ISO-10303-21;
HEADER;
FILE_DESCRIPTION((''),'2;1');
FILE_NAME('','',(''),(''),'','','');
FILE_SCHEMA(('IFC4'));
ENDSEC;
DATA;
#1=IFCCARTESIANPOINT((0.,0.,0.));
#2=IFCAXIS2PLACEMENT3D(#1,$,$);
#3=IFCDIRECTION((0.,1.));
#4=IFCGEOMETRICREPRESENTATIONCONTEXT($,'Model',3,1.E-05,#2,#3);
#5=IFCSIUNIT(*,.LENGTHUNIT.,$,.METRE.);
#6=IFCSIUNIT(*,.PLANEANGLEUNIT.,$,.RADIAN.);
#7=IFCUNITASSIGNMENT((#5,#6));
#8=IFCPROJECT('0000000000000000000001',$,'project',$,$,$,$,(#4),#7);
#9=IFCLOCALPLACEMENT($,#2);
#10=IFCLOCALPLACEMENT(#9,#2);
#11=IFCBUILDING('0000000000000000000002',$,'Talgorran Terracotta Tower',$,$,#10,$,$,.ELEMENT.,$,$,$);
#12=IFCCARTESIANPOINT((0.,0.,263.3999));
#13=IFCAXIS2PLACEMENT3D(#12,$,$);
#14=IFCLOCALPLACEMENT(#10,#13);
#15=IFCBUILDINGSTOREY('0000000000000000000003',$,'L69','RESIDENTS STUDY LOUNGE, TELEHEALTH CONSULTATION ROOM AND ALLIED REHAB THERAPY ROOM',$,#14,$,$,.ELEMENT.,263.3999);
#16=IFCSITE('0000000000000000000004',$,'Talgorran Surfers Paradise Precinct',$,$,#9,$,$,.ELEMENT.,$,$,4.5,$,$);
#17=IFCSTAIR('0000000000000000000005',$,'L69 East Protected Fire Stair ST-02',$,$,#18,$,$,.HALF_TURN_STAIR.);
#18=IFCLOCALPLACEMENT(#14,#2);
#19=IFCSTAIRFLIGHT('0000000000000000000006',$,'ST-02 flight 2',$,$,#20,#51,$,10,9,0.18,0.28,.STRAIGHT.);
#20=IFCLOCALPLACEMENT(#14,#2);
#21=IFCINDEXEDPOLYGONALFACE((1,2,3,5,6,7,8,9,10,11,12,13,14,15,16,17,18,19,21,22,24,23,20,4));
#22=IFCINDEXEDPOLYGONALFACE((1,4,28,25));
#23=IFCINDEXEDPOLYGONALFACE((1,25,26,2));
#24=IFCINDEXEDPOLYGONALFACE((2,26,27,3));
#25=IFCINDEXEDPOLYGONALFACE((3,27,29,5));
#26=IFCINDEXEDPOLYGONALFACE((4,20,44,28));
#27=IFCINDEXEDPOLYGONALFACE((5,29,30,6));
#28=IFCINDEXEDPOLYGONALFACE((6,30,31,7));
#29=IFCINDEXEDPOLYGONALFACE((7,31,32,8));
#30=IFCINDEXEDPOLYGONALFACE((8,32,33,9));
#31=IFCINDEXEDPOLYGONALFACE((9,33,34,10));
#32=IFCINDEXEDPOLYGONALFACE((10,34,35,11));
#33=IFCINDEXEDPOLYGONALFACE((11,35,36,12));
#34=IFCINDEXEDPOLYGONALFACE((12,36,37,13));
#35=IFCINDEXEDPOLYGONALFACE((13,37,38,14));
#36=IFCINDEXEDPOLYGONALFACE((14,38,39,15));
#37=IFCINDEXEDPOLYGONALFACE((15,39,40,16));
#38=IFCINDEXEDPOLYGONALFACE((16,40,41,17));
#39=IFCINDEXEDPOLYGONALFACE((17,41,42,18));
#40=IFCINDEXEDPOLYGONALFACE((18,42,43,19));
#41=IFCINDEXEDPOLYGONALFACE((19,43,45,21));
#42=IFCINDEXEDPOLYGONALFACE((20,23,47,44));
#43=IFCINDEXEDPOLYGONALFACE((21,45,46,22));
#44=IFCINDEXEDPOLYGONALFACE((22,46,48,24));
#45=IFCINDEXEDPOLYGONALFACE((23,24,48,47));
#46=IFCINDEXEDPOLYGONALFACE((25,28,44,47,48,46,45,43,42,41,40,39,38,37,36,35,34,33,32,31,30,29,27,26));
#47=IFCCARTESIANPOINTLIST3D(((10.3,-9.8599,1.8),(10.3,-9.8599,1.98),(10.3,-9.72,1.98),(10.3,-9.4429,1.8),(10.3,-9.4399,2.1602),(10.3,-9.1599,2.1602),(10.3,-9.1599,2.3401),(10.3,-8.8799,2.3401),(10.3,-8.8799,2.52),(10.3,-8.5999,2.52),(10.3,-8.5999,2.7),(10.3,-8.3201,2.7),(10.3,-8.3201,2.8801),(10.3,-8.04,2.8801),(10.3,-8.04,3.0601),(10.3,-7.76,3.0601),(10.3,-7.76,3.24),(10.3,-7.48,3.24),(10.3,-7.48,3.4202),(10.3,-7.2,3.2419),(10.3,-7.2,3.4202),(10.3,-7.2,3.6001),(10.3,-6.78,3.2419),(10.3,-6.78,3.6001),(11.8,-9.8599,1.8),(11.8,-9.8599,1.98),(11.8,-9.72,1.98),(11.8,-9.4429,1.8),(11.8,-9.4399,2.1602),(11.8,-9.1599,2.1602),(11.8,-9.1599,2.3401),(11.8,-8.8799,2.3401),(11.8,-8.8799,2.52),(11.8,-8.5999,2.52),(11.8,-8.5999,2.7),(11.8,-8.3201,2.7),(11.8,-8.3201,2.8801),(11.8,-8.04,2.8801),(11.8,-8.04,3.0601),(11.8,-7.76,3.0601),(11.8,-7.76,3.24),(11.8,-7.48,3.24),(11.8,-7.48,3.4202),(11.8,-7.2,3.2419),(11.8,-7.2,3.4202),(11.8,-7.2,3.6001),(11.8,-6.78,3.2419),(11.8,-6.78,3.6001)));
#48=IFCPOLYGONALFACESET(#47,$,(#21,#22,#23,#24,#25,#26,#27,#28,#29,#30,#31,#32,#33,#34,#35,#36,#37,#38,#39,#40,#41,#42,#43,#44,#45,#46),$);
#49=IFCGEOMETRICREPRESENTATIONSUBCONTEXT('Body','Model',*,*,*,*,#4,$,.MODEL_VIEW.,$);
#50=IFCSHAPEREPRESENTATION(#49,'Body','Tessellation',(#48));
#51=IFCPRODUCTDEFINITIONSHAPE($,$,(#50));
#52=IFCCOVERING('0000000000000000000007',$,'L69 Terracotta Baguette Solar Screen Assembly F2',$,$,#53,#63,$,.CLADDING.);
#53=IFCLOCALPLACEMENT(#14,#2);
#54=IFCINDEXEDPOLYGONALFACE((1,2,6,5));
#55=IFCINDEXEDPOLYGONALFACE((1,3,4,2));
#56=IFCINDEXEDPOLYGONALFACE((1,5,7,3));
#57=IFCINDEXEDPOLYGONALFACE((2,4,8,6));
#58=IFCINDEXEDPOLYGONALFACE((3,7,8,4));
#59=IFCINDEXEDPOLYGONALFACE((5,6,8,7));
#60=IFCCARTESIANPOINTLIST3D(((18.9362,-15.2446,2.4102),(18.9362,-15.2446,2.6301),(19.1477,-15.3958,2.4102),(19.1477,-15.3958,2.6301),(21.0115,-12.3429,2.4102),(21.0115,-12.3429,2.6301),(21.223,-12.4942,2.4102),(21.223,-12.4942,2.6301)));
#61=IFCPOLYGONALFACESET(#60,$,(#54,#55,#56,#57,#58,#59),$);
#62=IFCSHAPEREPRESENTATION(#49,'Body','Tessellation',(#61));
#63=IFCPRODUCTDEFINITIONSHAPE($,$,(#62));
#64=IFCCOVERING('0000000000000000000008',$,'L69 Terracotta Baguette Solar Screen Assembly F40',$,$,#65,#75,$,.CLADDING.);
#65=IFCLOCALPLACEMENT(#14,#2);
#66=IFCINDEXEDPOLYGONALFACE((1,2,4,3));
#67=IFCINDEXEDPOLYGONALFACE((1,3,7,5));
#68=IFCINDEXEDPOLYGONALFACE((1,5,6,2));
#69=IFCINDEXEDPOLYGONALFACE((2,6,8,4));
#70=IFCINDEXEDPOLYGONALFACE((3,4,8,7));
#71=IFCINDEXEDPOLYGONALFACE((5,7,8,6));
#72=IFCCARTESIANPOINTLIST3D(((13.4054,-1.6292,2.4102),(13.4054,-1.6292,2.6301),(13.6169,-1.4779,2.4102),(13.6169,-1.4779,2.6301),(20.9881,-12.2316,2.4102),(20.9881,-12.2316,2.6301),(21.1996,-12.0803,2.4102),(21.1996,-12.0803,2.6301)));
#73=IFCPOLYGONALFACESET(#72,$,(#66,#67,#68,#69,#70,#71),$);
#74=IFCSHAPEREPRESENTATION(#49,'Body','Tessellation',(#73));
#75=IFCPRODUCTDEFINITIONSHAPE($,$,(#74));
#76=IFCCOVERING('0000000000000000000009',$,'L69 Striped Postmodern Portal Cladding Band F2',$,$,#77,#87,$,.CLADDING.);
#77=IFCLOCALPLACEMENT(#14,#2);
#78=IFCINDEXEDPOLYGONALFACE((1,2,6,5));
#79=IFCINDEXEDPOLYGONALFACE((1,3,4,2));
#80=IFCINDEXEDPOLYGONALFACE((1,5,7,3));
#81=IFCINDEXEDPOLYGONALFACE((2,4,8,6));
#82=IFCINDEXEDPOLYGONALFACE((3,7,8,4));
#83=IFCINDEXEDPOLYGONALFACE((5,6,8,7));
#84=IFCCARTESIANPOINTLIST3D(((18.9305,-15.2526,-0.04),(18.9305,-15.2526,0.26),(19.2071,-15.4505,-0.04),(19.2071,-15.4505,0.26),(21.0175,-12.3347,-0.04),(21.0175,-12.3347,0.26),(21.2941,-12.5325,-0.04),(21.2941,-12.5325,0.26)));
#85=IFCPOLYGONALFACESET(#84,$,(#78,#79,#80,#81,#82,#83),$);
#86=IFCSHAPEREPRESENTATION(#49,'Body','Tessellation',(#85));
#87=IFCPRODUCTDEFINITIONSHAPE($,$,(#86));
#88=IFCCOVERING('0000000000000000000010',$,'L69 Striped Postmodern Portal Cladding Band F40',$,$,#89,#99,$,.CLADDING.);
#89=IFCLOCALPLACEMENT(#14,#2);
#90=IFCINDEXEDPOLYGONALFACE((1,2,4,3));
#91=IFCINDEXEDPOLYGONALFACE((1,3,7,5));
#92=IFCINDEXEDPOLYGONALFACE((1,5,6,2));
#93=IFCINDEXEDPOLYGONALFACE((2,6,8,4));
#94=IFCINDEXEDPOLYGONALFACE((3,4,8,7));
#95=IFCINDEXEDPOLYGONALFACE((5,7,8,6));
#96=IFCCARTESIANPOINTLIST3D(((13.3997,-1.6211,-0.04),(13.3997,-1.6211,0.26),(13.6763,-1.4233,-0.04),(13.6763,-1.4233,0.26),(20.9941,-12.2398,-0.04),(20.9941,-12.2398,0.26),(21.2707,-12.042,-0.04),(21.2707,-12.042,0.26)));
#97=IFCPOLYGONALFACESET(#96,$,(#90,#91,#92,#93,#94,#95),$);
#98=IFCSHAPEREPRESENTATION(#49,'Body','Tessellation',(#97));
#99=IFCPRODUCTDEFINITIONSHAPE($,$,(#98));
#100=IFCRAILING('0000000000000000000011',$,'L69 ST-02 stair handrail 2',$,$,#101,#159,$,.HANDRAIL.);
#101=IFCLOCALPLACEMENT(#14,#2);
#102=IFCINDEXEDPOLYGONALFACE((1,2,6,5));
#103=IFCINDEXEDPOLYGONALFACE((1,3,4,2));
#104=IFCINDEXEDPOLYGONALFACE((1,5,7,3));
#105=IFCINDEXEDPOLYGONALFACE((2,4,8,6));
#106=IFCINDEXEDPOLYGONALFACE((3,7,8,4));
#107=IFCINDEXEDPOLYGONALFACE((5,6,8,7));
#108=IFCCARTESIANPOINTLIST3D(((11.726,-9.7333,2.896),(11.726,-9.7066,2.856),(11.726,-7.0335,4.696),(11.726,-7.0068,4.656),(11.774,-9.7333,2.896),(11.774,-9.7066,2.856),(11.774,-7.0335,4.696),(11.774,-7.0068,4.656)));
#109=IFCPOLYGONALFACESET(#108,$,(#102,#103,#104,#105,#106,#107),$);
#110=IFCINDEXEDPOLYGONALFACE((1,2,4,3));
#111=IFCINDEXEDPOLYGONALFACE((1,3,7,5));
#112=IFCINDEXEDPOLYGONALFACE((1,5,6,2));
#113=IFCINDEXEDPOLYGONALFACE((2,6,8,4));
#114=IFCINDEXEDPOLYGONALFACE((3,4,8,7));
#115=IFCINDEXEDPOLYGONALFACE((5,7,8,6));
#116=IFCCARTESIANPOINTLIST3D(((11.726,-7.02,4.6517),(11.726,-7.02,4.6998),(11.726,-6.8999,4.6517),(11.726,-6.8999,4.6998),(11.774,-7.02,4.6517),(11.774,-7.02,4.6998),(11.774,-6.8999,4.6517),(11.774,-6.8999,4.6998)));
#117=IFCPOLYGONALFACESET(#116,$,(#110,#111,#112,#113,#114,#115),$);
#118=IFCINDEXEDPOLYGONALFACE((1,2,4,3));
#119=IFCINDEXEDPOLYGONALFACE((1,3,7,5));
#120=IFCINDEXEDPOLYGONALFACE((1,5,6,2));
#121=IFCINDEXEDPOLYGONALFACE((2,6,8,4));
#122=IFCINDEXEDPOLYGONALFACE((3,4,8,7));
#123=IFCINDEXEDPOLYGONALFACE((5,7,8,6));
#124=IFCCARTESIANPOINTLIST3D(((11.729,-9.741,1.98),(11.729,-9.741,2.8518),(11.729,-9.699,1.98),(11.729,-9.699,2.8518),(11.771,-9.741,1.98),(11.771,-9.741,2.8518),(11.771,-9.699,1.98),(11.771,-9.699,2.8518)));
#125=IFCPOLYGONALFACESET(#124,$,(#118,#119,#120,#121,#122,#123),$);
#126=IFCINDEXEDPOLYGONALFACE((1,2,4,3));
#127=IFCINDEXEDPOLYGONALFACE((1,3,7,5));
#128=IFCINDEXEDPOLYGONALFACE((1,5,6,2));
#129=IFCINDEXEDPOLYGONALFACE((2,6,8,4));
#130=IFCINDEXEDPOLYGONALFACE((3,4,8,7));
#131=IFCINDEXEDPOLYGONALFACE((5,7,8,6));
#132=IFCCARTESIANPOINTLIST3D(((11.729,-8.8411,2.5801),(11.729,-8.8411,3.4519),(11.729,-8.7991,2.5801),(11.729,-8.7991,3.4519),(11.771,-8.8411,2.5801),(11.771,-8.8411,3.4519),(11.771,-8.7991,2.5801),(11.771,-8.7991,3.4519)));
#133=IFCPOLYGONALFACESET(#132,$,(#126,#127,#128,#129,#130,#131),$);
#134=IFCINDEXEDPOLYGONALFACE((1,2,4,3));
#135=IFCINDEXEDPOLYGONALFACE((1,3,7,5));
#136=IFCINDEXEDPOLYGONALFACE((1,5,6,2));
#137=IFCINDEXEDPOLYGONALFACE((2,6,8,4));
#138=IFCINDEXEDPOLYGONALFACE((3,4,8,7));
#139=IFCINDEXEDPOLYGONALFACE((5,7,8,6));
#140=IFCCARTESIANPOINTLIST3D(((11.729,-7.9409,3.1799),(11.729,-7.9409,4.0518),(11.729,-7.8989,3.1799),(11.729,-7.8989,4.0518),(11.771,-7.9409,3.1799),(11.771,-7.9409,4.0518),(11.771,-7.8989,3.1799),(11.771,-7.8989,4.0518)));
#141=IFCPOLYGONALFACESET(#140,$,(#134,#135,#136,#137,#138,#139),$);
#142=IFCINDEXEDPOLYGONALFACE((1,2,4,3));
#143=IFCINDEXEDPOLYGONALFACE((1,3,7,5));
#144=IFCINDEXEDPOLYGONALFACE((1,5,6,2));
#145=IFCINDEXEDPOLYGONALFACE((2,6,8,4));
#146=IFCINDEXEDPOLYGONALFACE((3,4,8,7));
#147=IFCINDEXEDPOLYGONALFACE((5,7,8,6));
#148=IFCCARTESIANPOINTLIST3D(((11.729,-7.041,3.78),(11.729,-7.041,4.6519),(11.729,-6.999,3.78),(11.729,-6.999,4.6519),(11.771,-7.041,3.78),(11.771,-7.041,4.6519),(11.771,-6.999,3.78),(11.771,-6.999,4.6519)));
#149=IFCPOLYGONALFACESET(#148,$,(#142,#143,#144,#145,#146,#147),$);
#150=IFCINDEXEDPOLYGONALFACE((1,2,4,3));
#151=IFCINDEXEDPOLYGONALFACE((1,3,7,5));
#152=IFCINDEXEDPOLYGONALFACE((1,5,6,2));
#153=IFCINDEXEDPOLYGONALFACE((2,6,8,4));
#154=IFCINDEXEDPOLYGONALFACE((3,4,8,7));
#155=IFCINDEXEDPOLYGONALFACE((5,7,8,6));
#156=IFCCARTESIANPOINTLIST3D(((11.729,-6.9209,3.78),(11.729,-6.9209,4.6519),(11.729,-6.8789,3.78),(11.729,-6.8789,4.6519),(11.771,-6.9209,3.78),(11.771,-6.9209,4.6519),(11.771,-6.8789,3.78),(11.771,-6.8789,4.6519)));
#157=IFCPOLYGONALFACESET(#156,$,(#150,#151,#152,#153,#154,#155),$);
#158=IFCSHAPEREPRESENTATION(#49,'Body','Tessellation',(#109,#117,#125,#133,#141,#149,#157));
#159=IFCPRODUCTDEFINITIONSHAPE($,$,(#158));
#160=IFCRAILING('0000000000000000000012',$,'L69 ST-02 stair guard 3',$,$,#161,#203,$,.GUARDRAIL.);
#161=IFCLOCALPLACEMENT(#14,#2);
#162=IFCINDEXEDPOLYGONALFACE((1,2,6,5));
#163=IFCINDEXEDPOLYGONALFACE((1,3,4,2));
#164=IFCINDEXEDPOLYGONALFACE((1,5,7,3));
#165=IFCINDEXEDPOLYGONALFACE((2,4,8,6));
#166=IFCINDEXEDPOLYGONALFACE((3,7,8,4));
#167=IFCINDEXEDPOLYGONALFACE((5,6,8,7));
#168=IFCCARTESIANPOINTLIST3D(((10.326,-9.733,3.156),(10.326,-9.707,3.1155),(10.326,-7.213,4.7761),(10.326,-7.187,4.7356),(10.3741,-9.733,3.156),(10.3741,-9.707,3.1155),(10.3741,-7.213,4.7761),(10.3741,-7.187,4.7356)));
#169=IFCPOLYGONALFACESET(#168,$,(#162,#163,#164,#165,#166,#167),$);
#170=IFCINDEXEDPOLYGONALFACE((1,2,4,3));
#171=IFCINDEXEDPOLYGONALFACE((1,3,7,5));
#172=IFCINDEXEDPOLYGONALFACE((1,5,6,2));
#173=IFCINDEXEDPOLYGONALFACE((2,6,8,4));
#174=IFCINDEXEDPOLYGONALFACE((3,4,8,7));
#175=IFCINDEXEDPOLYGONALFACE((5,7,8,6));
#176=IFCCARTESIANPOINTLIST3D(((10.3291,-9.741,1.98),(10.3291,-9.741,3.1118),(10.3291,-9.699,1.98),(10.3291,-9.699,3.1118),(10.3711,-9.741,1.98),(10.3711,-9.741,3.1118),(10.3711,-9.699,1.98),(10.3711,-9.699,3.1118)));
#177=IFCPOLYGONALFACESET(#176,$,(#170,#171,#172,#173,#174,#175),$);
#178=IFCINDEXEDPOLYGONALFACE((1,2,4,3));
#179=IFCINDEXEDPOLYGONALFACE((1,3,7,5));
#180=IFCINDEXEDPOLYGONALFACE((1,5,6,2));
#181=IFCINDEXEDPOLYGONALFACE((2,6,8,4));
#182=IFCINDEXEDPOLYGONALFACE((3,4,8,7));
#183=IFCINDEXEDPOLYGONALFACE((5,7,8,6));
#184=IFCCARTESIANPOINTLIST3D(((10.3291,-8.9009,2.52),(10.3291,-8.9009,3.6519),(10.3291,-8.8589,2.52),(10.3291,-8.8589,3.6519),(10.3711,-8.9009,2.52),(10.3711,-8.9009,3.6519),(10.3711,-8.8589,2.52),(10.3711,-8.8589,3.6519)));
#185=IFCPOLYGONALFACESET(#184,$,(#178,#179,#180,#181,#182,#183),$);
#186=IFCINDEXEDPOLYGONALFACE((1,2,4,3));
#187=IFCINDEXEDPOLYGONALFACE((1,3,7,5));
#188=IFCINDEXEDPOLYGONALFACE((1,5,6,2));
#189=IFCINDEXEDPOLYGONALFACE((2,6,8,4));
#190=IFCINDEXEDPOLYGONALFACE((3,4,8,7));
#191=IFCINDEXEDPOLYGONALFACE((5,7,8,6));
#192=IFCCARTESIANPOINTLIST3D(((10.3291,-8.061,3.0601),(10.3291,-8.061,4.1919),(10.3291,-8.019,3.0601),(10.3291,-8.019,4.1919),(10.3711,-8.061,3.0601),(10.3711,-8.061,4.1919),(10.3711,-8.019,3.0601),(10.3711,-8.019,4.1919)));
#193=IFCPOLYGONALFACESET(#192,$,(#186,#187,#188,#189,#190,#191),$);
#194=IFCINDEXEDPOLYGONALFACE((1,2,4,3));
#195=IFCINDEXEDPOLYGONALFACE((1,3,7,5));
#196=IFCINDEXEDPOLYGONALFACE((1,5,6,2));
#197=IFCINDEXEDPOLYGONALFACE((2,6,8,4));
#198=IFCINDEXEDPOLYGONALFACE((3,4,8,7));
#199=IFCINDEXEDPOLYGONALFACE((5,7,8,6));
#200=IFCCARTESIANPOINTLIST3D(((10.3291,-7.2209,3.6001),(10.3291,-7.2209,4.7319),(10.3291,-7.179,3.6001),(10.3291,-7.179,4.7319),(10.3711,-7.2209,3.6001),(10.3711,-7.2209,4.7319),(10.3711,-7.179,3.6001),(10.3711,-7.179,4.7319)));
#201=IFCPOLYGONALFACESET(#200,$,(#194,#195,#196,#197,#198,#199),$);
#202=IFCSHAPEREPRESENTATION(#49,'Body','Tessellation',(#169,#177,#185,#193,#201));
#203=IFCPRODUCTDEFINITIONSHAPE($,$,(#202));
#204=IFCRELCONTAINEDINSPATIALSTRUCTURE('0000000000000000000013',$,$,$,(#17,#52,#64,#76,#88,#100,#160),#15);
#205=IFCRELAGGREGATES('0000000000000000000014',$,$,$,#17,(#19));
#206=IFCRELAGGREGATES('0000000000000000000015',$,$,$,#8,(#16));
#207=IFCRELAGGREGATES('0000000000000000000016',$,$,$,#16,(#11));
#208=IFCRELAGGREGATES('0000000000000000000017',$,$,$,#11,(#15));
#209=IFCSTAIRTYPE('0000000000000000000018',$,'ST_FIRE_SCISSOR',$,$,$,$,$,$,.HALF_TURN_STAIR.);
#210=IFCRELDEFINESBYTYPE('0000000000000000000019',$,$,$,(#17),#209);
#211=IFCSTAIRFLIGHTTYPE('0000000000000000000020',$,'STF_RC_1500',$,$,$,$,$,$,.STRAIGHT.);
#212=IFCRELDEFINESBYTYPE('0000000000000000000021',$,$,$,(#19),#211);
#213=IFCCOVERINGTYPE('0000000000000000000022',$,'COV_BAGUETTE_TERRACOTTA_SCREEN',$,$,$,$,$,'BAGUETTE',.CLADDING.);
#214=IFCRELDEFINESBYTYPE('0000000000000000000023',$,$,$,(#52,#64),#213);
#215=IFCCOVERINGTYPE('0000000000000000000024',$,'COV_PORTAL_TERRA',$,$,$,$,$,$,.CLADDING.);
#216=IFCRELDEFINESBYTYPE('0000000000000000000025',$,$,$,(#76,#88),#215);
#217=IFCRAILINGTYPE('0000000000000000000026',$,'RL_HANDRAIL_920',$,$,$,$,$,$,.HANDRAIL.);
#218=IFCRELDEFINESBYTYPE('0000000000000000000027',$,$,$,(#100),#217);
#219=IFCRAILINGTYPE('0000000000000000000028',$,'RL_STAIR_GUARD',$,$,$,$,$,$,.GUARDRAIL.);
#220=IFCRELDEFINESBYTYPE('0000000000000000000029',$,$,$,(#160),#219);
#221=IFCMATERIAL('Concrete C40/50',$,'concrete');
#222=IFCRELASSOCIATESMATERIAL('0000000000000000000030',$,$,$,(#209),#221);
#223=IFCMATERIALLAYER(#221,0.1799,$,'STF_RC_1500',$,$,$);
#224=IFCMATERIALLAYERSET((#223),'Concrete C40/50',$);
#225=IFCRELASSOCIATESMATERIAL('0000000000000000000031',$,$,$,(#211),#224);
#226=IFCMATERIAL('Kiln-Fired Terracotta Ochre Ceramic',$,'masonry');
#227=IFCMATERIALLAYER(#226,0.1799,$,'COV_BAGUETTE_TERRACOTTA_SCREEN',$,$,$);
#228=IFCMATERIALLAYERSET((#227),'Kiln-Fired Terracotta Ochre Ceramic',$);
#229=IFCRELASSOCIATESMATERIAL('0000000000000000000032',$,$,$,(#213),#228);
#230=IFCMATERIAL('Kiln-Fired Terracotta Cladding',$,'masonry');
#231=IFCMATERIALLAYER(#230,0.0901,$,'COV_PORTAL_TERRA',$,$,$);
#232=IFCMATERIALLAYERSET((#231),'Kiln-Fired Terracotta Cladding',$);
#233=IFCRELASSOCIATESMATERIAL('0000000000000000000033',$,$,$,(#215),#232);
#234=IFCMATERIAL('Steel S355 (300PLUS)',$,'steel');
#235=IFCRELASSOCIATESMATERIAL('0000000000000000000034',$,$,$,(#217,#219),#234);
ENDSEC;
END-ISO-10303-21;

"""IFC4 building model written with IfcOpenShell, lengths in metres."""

from ifc_helpers import new_model, si_unit, direction, frame, origin, origin_2d, place, context, subcontext, project, spatial, polyline, rectangle, outline, extrude, material, layer, layer_set, type_object, element, aggregate, save


model = new_model("IFC4")

# Units and contexts
model_context = context("Model", 3, precision=1e-05, world=origin(), true_north=direction((0.0, 1.0)))
body_context = subcontext(model_context, "Body", "Model", "MODEL_VIEW")
ifc_project = project(units=[si_unit("LENGTHUNIT", "METRE"), si_unit("PLANEANGLEUNIT", "RADIAN")], contexts=[model_context])

# Site, building, storey
site_placement = place(None, origin())
site = spatial("IfcSite", under=ifc_project, at=site_placement, Name="Talgorran Surfers Paradise Precinct", CompositionType="ELEMENT", RefElevation=4.5)
building_placement = place(site_placement, origin())
building = spatial("IfcBuilding", under=site, at=building_placement, Name="Talgorran Terracotta Tower", CompositionType="ELEMENT")
storey_placement = place(building_placement, frame((0.0, 0.0, 263.3999)))
storey = spatial("IfcBuildingStorey", under=building, at=storey_placement, Name="L69", Description="RESIDENTS STUDY LOUNGE, TELEHEALTH CONSULTATION ROOM AND ALLIED REHAB THERAPY ROOM", CompositionType="ELEMENT", Elevation=263.3999)

# Shared definitions
ifc_material_1 = material(Name="Steel S355 (300PLUS)", Category="steel")

# Stair, stair flight
ifc_material_2 = material(Name="Concrete C40/50", Category="concrete")
stair_type = type_object("IfcStairType", Name="ST_FIRE_SCISSOR", PredefinedType="HALF_TURN_STAIR", material=ifc_material_2)
stair_placement = place(storey_placement, origin())
stair = element("IfcStair", 1, at=stair_placement, inside=storey, type_object=stair_type, Name="L69 East Protected Fire Stair ST-02", PredefinedType="HALF_TURN_STAIR")
ifc_layer_1 = layer(ifc_material_2, 0.1799, Name="STF_RC_1500")
ifc_layer_set_1 = layer_set([ifc_layer_1], Name="Concrete C40/50")
stair_flight_type = type_object("IfcStairFlightType", Name="STF_RC_1500", PredefinedType="STRAIGHT", material=ifc_layer_set_1)
stair_flight_placement = place(storey_placement, frame((11.05, -9.72, 1.8), z_axis=(0.0, 0.0, 1.0), x_axis=(0.0, 1.0, 0.0)))
stair_flight = element("IfcStairFlight", 2, at=stair_flight_placement, type_object=stair_flight_type, Name="ST-02 flight 2", NumberOfRisers=10, NumberOfTreads=9, PredefinedType="STRAIGHT", RiserHeight=0.18, TreadLength=0.28, context=body_context, shape_type="SweptSolid", body=[
    extrude(outline(polyline([(-0.1399, 0.0), (-0.1399, 0.1799), (0.0, 0.1799), (0.28, 0.3601), (0.5601, 0.3601), (0.5601, 0.54), (0.8401, 0.54), (0.8401, 0.72), (1.1201, 0.72), (1.1201, 0.8999), (1.3999, 0.8999), (1.3999, 1.0801), (1.6799, 1.0801), (1.6799, 1.26), (1.96, 1.26), (1.96, 1.4399), (2.24, 1.4399), (2.24, 1.6201), (2.52, 1.6201), (2.52, 1.8), (2.9399, 1.8), (2.9399, 1.4419), (2.52, 1.4419), (0.2771, 0.0), (-0.1399, 0.0)])), frame((0.0, 0.75, 0.0), z_axis=(0.0, -1.0, 0.0), x_axis=(1.0, 0.0, 0.0)), (0.0, 0.0, 1.0), 1.5),
])
aggregate(stair, [stair_flight])

# Coverings
ifc_material_3 = material(Name="Kiln-Fired Terracotta Ochre Ceramic", Category="masonry")
ifc_layer_2 = layer(ifc_material_3, 0.1799, Name="COV_BAGUETTE_TERRACOTTA_SCREEN")
ifc_layer_set_2 = layer_set([ifc_layer_2], Name="Kiln-Fired Terracotta Ochre Ceramic")
covering_type_1 = type_object("IfcCoveringType", Name="COV_BAGUETTE_TERRACOTTA_SCREEN", ElementType="BAGUETTE", PredefinedType="CLADDING", material=ifc_layer_set_2)
covering_1_placement = place(storey_placement, frame((20.0796, -13.8694, 2.4102), z_axis=(0.0, 0.0, 1.0), x_axis=(0.58174, 0.813375, 0.0)))
element("IfcCovering", 3, at=covering_1_placement, inside=storey, type_object=covering_type_1, Name="L69 Terracotta Baguette Solar Screen Assembly F2", PredefinedType="CLADDING", context=body_context, shape_type="SweptSolid", body=[
    extrude(rectangle(XDim=3.5674, YDim=0.26, at=origin_2d()), origin(), (0.0, 0.0, 1.0), 0.22),
])
covering_2_placement = place(storey_placement, frame((17.3025, -6.8547, 2.4102), z_axis=(0.0, 0.0, 1.0), x_axis=(-0.581726, 0.813385, 0.0)))
element("IfcCovering", 4, at=covering_2_placement, inside=storey, type_object=covering_type_1, Name="L69 Terracotta Baguette Solar Screen Assembly F40", PredefinedType="CLADDING", context=body_context, shape_type="SweptSolid", body=[
    extrude(rectangle(XDim=13.0349, YDim=0.26, at=origin_2d()), origin(), (0.0, 0.0, 1.0), 0.22),
])
ifc_material_4 = material(Name="Kiln-Fired Terracotta Cladding", Category="masonry")
ifc_layer_3 = layer(ifc_material_4, 0.0901, Name="COV_PORTAL_TERRA")
ifc_layer_set_3 = layer_set([ifc_layer_3], Name="Kiln-Fired Terracotta Cladding")
covering_type_2 = type_object("IfcCoveringType", Name="COV_PORTAL_TERRA", PredefinedType="CLADDING", material=ifc_layer_set_3)
covering_3_placement = place(storey_placement, frame((20.1123, -13.8926, -0.04), z_axis=(0.0, 0.0, 1.0), x_axis=(0.58174, 0.813375, 0.0)))
element("IfcCovering", 5, at=covering_3_placement, inside=storey, type_object=covering_type_2, Name="L69 Striped Postmodern Portal Cladding Band F2", PredefinedType="CLADDING", context=body_context, shape_type="SweptSolid", body=[
    extrude(rectangle(XDim=3.5874, YDim=0.3401, at=origin_2d()), origin(), (0.0, 0.0, 1.0), 0.3),
])
covering_4_placement = place(storey_placement, frame((17.3352, -6.8315, -0.04), z_axis=(0.0, 0.0, 1.0), x_axis=(-0.581726, 0.813385, 0.0)))
element("IfcCovering", 6, at=covering_4_placement, inside=storey, type_object=covering_type_2, Name="L69 Striped Postmodern Portal Cladding Band F40", PredefinedType="CLADDING", context=body_context, shape_type="SweptSolid", body=[
    extrude(rectangle(XDim=13.0549, YDim=0.3401, at=origin_2d()), origin(), (0.0, 0.0, 1.0), 0.3),
])

# Railings
railing_type_1 = type_object("IfcRailingType", Name="RL_HANDRAIL_920", PredefinedType="HANDRAIL", material=ifc_material_1)
railing_1_placement = place(storey_placement, frame((11.75, -9.72, 1.98)))
element("IfcRailing", 7, at=railing_1_placement, inside=storey, type_object=railing_type_1, Name="L69 ST-02 stair handrail 2", PredefinedType="HANDRAIL", context=body_context, shape_type="SweptSolid", body=[
    extrude(rectangle(XDim=0.0481, YDim=0.0481, at=origin_2d()), frame((0.0, 0.0, 0.896), z_axis=(0.0, 0.832039, 0.554718), x_axis=(-1.0, 0.0, 0.0)), (0.0, 0.0, 1.0), 3.2449),
    extrude(rectangle(XDim=0.0481, YDim=0.0481, at=origin_2d()), frame((0.0, 2.7, 2.6958), z_axis=(0.0, 1.0, 0.0), x_axis=(-1.0, 0.0, 0.0)), (0.0, 0.0, 1.0), 0.1201),
    extrude(rectangle(XDim=0.042, YDim=0.042, at=origin_2d()), origin(), (0.0, 0.0, 1.0), 0.8718),
    extrude(rectangle(XDim=0.042, YDim=0.042, at=origin_2d()), frame((0.0, 0.8999, 0.6001)), (0.0, 0.0, 1.0), 0.8718),
    extrude(rectangle(XDim=0.042, YDim=0.042, at=origin_2d()), frame((0.0, 1.8, 1.2)), (0.0, 0.0, 1.0), 0.8718),
    extrude(rectangle(XDim=0.042, YDim=0.042, at=origin_2d()), frame((0.0, 2.7, 1.8)), (0.0, 0.0, 1.0), 0.8718),
    extrude(rectangle(XDim=0.042, YDim=0.042, at=origin_2d()), frame((0.0, 2.8201, 1.8)), (0.0, 0.0, 1.0), 0.8718),
])
railing_type_2 = type_object("IfcRailingType", Name="RL_STAIR_GUARD", PredefinedType="GUARDRAIL", material=ifc_material_1)
railing_2_placement = place(storey_placement, frame((10.3501, -9.72, 1.98)))
element("IfcRailing", 8, at=railing_2_placement, inside=storey, type_object=railing_type_2, Name="L69 ST-02 stair guard 3", PredefinedType="GUARDRAIL", context=body_context, shape_type="SweptSolid", body=[
    extrude(rectangle(XDim=0.0481, YDim=0.0481, at=origin_2d()), frame((0.0, 0.0, 1.1558), z_axis=(0.0, 0.841163, 0.540782), x_axis=(-1.0, 0.0, 0.0)), (0.0, 0.0, 1.0), 2.9958),
    extrude(rectangle(XDim=0.042, YDim=0.042, at=origin_2d()), origin(), (0.0, 0.0, 1.0), 1.1318),
    extrude(rectangle(XDim=0.042, YDim=0.042, at=origin_2d()), frame((0.0, 0.8401, 0.54)), (0.0, 0.0, 1.0), 1.1318),
    extrude(rectangle(XDim=0.042, YDim=0.042, at=origin_2d()), frame((0.0, 1.6799, 1.0801)), (0.0, 0.0, 1.0), 1.1318),
    extrude(rectangle(XDim=0.042, YDim=0.042, at=origin_2d()), frame((0.0, 2.52, 1.6201)), (0.0, 0.0, 1.0), 1.1318),
])

save(model, "model.ifc")
